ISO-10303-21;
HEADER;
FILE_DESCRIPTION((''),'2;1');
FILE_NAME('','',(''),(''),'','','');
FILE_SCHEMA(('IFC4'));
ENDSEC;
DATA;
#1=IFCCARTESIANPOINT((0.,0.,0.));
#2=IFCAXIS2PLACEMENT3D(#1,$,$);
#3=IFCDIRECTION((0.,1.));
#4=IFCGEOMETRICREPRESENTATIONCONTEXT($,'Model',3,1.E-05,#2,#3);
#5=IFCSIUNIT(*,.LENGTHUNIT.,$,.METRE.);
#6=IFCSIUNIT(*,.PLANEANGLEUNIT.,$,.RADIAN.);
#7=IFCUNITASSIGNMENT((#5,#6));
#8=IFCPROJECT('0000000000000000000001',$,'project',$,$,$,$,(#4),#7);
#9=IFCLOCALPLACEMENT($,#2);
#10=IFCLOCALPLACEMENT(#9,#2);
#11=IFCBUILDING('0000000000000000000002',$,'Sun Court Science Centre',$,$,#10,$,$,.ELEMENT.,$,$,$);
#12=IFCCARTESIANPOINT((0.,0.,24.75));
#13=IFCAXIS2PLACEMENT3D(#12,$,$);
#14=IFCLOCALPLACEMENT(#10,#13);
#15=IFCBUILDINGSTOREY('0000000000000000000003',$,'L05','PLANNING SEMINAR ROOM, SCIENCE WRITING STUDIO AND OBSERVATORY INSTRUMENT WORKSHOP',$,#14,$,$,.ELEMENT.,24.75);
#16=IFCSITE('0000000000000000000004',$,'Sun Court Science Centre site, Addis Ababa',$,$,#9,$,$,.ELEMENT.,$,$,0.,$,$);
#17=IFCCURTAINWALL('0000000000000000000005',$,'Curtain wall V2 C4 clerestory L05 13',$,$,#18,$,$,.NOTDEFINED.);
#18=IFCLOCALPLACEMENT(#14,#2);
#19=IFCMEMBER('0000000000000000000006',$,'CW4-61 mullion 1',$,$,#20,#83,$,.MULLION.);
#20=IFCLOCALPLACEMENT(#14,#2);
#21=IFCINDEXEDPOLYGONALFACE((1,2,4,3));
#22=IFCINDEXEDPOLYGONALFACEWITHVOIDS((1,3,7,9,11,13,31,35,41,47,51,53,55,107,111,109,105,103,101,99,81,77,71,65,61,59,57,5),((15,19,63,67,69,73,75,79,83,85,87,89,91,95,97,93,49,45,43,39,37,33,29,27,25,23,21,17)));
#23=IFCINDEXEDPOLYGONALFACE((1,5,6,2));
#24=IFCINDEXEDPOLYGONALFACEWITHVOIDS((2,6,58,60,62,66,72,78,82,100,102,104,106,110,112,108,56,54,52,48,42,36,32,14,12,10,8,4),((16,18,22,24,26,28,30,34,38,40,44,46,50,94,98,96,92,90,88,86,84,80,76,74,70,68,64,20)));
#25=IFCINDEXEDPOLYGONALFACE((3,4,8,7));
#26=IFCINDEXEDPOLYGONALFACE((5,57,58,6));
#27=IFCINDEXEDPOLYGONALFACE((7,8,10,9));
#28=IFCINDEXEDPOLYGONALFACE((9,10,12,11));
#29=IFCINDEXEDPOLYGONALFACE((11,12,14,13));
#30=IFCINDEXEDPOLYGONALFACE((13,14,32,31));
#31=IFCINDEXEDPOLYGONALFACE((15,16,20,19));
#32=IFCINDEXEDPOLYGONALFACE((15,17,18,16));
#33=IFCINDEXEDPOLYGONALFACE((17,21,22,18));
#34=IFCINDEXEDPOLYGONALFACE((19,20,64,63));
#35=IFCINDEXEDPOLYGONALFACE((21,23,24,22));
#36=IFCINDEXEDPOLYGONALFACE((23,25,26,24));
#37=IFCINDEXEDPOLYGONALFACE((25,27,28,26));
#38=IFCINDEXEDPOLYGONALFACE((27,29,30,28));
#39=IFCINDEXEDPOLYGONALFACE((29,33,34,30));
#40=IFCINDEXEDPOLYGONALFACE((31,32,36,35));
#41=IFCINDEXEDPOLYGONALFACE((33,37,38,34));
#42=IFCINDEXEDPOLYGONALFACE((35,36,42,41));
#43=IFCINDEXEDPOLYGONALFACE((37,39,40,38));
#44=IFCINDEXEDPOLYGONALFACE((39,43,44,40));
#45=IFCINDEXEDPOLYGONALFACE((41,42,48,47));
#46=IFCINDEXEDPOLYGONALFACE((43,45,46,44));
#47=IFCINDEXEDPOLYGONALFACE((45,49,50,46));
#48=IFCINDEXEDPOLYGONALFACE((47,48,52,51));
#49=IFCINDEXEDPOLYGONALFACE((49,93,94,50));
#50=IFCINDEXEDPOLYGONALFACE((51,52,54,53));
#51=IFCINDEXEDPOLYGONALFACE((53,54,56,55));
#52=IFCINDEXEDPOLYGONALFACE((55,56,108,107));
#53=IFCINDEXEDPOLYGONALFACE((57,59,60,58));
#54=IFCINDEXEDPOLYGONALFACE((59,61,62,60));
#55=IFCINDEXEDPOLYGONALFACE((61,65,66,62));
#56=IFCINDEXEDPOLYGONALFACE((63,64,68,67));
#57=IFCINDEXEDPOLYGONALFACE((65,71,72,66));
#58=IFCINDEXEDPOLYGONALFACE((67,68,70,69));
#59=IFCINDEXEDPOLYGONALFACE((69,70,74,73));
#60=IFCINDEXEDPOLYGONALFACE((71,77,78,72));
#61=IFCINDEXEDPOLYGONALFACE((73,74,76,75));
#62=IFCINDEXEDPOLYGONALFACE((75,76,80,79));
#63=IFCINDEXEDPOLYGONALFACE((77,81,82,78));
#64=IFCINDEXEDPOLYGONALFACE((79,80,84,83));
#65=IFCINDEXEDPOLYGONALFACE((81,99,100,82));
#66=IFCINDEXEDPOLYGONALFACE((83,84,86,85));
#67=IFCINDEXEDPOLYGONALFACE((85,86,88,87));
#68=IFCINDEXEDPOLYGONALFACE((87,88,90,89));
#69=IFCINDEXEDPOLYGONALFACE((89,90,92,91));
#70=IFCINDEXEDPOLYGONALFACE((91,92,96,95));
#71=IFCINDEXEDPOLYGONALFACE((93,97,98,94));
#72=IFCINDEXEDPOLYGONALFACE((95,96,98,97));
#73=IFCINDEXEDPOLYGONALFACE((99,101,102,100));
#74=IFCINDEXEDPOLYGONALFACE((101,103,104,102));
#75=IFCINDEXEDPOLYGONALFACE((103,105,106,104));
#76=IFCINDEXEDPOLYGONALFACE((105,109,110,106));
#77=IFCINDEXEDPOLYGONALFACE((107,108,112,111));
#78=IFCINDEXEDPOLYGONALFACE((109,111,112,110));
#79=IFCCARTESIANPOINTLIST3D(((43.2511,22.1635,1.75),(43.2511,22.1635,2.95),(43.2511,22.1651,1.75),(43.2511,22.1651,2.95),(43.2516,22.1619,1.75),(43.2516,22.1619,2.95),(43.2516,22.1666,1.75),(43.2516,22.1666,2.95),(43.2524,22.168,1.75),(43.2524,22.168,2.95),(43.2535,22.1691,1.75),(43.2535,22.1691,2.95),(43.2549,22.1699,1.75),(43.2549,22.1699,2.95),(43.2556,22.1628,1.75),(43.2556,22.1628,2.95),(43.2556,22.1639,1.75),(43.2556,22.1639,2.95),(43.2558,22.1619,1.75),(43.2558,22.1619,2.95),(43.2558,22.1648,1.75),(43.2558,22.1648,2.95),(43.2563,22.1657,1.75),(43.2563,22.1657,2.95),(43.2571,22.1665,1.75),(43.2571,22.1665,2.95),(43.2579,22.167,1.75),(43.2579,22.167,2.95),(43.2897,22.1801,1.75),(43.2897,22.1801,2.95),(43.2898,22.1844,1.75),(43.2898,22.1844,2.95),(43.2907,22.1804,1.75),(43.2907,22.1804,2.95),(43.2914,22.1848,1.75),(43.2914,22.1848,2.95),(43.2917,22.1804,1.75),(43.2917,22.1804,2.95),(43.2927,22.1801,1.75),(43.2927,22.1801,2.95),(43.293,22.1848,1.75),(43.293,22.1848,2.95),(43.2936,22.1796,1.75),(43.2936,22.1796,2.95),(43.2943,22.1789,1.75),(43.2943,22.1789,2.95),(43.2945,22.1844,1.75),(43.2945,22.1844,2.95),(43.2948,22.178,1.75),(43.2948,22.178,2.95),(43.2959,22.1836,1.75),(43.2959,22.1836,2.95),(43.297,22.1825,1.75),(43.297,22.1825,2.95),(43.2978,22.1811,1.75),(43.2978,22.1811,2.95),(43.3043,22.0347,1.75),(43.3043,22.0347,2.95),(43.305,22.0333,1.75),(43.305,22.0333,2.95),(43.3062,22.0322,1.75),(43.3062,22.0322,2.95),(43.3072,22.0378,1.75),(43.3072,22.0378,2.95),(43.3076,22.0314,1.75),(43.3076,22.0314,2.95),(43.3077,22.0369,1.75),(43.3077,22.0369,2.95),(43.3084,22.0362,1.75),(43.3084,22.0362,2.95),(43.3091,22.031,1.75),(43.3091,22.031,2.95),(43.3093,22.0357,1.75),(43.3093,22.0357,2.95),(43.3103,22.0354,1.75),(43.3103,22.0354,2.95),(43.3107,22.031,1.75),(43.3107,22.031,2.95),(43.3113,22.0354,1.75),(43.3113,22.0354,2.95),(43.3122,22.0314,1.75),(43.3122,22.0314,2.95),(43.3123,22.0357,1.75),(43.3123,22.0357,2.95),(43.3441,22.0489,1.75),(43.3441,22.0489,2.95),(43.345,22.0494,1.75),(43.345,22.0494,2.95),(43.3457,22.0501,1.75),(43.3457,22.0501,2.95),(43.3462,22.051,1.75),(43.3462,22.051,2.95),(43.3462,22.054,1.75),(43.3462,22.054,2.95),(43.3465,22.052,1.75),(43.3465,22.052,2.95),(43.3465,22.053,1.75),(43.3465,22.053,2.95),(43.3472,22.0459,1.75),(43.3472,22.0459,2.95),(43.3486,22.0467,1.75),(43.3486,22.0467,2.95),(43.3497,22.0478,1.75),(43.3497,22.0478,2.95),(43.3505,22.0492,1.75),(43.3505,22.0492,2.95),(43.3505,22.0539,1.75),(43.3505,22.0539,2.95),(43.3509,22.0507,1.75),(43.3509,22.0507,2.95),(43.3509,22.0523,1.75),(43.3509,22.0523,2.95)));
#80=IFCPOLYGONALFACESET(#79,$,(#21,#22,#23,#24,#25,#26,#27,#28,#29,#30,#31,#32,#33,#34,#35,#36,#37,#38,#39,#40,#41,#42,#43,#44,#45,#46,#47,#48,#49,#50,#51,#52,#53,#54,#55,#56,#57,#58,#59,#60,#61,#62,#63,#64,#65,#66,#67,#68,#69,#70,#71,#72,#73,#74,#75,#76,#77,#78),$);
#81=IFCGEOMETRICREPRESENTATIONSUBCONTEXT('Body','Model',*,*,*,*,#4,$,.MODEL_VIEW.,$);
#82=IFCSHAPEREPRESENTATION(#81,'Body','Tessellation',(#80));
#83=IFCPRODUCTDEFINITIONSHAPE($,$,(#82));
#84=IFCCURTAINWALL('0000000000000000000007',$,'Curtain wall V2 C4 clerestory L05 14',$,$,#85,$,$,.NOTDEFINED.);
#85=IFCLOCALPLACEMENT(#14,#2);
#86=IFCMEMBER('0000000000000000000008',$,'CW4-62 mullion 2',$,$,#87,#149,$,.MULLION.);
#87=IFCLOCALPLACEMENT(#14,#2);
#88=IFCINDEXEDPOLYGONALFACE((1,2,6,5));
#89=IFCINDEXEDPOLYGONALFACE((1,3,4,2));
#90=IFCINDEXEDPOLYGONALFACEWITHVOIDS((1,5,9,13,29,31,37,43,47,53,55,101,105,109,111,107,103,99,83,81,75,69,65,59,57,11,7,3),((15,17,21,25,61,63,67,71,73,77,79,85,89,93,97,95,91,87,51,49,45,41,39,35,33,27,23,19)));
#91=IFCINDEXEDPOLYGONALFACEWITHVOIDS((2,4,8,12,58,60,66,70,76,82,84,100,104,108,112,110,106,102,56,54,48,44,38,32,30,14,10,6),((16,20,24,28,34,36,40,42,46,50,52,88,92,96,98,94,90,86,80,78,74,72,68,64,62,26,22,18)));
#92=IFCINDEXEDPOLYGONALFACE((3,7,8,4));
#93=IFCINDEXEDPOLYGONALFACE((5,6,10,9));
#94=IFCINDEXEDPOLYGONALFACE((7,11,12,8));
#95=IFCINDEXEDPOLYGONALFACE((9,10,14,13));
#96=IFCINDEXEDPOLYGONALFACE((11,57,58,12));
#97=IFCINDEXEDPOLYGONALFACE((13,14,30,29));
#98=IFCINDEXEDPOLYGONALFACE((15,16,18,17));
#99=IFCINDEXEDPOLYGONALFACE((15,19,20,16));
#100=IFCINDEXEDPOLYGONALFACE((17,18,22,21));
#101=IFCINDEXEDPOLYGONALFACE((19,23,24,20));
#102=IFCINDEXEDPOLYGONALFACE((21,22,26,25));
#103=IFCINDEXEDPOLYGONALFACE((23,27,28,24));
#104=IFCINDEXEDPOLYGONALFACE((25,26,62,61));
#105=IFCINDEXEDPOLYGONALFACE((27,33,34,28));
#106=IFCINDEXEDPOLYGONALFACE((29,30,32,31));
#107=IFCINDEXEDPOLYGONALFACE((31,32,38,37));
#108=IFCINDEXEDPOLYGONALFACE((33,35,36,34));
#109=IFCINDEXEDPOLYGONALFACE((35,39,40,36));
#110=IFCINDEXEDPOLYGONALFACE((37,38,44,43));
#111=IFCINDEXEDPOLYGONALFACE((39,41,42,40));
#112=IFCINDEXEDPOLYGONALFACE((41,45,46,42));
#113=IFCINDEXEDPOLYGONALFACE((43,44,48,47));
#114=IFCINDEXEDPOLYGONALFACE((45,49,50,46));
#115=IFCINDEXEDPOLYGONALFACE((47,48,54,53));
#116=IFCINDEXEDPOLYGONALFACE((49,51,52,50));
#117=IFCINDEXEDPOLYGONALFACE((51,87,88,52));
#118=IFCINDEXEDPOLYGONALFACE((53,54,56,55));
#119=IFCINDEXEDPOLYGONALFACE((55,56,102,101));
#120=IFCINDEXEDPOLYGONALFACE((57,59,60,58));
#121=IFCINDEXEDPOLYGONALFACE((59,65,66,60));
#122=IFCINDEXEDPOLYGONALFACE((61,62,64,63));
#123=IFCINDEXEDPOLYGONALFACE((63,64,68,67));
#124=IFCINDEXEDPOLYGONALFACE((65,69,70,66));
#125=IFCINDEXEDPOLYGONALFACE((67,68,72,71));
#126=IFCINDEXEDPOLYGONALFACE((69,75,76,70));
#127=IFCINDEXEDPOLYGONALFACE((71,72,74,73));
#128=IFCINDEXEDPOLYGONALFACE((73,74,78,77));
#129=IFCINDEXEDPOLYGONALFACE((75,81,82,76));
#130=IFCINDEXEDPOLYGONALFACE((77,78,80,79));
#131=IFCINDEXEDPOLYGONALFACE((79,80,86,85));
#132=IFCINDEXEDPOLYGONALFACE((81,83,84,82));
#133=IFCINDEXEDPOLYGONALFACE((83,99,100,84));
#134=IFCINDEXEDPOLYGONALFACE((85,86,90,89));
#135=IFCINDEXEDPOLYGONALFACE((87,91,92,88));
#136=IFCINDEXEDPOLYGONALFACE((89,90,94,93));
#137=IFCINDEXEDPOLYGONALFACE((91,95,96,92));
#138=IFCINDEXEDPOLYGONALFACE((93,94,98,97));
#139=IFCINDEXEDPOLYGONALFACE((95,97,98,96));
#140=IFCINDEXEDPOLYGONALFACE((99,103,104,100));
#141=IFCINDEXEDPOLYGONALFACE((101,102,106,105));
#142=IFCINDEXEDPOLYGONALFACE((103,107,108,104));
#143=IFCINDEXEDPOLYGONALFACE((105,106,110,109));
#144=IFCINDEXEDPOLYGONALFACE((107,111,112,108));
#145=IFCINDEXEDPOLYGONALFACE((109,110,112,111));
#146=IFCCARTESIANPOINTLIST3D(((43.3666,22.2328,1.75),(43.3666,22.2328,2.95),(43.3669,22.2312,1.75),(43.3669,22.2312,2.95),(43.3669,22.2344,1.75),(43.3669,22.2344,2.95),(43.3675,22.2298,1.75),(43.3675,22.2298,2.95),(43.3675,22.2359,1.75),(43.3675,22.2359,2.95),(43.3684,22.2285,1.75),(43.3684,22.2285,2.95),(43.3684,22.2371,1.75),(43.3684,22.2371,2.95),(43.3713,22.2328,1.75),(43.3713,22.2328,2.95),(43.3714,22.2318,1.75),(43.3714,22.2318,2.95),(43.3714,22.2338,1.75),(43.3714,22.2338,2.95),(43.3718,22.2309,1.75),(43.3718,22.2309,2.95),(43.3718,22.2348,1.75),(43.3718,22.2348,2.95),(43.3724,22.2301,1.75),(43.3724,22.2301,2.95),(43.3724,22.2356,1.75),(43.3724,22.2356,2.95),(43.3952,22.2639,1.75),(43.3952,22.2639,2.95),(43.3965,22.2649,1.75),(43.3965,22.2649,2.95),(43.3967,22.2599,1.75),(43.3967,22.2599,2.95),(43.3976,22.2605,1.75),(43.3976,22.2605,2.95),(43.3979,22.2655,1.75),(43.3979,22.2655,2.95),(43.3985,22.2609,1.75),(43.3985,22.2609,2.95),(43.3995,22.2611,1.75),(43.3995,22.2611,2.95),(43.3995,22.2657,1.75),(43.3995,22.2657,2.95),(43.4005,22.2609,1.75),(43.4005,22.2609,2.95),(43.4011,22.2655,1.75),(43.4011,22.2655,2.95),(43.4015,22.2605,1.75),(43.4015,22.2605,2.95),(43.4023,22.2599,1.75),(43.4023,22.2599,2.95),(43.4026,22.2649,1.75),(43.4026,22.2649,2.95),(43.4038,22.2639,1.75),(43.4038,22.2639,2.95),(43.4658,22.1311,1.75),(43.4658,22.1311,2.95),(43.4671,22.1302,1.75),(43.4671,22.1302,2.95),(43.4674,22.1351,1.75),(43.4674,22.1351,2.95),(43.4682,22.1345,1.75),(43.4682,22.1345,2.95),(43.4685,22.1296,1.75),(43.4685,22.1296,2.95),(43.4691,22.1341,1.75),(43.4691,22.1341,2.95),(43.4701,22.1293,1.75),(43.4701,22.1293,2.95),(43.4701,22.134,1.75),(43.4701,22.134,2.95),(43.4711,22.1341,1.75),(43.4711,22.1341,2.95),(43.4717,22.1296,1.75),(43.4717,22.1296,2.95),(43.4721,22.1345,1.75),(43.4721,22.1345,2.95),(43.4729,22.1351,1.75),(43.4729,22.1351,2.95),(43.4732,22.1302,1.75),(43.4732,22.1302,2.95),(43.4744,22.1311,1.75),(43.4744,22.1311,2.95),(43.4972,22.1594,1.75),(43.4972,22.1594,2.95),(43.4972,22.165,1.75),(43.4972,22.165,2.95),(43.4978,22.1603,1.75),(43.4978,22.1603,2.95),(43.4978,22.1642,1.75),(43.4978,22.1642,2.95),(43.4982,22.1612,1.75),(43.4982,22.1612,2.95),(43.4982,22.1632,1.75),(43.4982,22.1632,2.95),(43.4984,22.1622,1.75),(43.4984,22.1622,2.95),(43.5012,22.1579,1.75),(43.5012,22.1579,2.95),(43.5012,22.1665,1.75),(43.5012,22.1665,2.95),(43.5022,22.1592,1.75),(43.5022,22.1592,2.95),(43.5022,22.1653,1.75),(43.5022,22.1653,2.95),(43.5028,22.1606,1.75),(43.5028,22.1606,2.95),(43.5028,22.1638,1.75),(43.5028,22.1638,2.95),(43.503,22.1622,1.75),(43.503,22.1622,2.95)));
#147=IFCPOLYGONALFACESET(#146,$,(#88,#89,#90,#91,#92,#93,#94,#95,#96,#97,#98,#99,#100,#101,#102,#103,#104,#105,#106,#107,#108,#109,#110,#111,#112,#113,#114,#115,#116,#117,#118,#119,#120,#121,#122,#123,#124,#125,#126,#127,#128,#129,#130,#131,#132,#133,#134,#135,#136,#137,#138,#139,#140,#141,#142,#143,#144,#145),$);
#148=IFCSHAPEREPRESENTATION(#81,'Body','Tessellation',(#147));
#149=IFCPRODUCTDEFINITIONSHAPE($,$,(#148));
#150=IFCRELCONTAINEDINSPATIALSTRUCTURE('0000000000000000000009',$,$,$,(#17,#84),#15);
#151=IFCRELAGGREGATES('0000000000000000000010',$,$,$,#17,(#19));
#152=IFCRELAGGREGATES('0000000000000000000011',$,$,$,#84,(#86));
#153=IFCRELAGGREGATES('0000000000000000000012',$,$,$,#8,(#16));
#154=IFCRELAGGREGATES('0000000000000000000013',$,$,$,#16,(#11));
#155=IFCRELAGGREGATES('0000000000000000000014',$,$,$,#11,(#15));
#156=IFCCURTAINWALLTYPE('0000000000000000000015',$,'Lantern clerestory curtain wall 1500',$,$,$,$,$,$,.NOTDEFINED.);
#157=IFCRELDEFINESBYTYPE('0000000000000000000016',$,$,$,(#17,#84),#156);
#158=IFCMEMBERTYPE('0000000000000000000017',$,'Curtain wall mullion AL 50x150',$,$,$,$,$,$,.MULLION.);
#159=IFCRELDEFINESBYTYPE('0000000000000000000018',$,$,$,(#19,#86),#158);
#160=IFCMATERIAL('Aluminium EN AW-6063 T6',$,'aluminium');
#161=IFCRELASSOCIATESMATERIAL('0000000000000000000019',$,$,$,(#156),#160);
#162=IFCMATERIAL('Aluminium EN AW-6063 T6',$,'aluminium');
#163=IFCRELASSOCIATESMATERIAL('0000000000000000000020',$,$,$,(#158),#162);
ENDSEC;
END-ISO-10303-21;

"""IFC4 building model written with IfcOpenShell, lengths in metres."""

from ifc_helpers import new_model, si_unit, direction, frame, origin, origin_2d, place, context, subcontext, project, spatial, hollow_rectangle, extrude, material, material_profile, profile_set, type_object, element, aggregate, save


model = new_model("IFC4")

# Units and contexts
model_context = context("Model", 3, precision=1e-05, world=origin(), true_north=direction((0.0, 1.0)))
body_context = subcontext(model_context, "Body", "Model", "MODEL_VIEW")
ifc_project = project(units=[si_unit("LENGTHUNIT", "METRE"), si_unit("PLANEANGLEUNIT", "RADIAN")], contexts=[model_context])

# Site, building, storey
site_placement = place(None, origin())
site = spatial("IfcSite", under=ifc_project, at=site_placement, Name="Sun Court Science Centre site, Addis Ababa", CompositionType="ELEMENT", RefElevation=0.0)
building_placement = place(site_placement, origin())
building = spatial("IfcBuilding", under=site, at=building_placement, Name="Sun Court Science Centre", CompositionType="ELEMENT")
storey_placement = place(building_placement, frame((0.0, 0.0, 24.75)))
storey = spatial("IfcBuildingStorey", under=building, at=storey_placement, Name="L05", Description="PLANNING SEMINAR ROOM, SCIENCE WRITING STUDIO AND OBSERVATORY INSTRUMENT WORKSHOP", CompositionType="ELEMENT", Elevation=24.75)

# Curtain wall, member
ifc_material_1 = material(Name="Aluminium EN AW-6063 T6", Category="aluminium")
curtain_wall_type = type_object("IfcCurtainWallType", Name="Lantern clerestory curtain wall 1500", PredefinedType="NOTDEFINED", material=ifc_material_1)
curtain_wall_1_placement = place(storey_placement, origin())
curtain_wall_1 = element("IfcCurtainWall", 1, at=curtain_wall_1_placement, inside=storey, type_object=curtain_wall_type, Name="Curtain wall V2 C4 clerestory L05 13", PredefinedType="NOTDEFINED")
ifc_material_2 = material(Name="Aluminium EN AW-6063 T6", Category="aluminium")
ifc_material_profile_1 = material_profile(ifc_material_2, hollow_rectangle(XDim=0.05, YDim=0.1499, WallThickness=0.0039, InnerFilletRadius=0.0039, OuterFilletRadius=0.0061, at=origin_2d()), Name="AL 50x150x4")
ifc_profile_set_1 = profile_set([ifc_material_profile_1], Name="Aluminium EN AW-6063 T6")
member_type_1 = type_object("IfcMemberType", Name="Curtain wall mullion AL 50x150", PredefinedType="MULLION", material=ifc_profile_set_1)
member_1_placement = place(storey_placement, frame((43.301, 22.1079, 1.75), z_axis=(0.0, 0.0, 1.0), x_axis=(-0.92388, -0.382683, 0.0)))
member_1 = element("IfcMember", 2, at=member_1_placement, type_object=member_type_1, Name="CW4-61 mullion 1", PredefinedType="MULLION", context=body_context, shape_type="SweptSolid", body=[
    extrude(hollow_rectangle(XDim=0.05, YDim=0.1499, WallThickness=0.0039, InnerFilletRadius=0.0039, OuterFilletRadius=0.0061, at=origin_2d()), origin(), (0.0, 0.0, 1.0), 1.2),
])

# Curtain wall, member
curtain_wall_2_placement = place(storey_placement, origin())
curtain_wall_2 = element("IfcCurtainWall", 3, at=curtain_wall_2_placement, inside=storey, type_object=curtain_wall_type, Name="Curtain wall V2 C4 clerestory L05 14", PredefinedType="NOTDEFINED")
member_2_placement = place(storey_placement, frame((43.4348, 22.1975, 1.75), z_axis=(0.0, 0.0, 1.0), x_axis=(-0.707107, -0.707107, 0.0)))
member_2 = element("IfcMember", 4, at=member_2_placement, type_object=member_type_1, Name="CW4-62 mullion 2", PredefinedType="MULLION", context=body_context, shape_type="SweptSolid", body=[
    extrude(hollow_rectangle(XDim=0.05, YDim=0.1499, WallThickness=0.0039, InnerFilletRadius=0.0039, OuterFilletRadius=0.0061, at=origin_2d()), origin(), (0.0, 0.0, 1.0), 1.2),
])

aggregate(curtain_wall_1, [member_1])

aggregate(curtain_wall_2, [member_2])

save(model, "model.ifc")
